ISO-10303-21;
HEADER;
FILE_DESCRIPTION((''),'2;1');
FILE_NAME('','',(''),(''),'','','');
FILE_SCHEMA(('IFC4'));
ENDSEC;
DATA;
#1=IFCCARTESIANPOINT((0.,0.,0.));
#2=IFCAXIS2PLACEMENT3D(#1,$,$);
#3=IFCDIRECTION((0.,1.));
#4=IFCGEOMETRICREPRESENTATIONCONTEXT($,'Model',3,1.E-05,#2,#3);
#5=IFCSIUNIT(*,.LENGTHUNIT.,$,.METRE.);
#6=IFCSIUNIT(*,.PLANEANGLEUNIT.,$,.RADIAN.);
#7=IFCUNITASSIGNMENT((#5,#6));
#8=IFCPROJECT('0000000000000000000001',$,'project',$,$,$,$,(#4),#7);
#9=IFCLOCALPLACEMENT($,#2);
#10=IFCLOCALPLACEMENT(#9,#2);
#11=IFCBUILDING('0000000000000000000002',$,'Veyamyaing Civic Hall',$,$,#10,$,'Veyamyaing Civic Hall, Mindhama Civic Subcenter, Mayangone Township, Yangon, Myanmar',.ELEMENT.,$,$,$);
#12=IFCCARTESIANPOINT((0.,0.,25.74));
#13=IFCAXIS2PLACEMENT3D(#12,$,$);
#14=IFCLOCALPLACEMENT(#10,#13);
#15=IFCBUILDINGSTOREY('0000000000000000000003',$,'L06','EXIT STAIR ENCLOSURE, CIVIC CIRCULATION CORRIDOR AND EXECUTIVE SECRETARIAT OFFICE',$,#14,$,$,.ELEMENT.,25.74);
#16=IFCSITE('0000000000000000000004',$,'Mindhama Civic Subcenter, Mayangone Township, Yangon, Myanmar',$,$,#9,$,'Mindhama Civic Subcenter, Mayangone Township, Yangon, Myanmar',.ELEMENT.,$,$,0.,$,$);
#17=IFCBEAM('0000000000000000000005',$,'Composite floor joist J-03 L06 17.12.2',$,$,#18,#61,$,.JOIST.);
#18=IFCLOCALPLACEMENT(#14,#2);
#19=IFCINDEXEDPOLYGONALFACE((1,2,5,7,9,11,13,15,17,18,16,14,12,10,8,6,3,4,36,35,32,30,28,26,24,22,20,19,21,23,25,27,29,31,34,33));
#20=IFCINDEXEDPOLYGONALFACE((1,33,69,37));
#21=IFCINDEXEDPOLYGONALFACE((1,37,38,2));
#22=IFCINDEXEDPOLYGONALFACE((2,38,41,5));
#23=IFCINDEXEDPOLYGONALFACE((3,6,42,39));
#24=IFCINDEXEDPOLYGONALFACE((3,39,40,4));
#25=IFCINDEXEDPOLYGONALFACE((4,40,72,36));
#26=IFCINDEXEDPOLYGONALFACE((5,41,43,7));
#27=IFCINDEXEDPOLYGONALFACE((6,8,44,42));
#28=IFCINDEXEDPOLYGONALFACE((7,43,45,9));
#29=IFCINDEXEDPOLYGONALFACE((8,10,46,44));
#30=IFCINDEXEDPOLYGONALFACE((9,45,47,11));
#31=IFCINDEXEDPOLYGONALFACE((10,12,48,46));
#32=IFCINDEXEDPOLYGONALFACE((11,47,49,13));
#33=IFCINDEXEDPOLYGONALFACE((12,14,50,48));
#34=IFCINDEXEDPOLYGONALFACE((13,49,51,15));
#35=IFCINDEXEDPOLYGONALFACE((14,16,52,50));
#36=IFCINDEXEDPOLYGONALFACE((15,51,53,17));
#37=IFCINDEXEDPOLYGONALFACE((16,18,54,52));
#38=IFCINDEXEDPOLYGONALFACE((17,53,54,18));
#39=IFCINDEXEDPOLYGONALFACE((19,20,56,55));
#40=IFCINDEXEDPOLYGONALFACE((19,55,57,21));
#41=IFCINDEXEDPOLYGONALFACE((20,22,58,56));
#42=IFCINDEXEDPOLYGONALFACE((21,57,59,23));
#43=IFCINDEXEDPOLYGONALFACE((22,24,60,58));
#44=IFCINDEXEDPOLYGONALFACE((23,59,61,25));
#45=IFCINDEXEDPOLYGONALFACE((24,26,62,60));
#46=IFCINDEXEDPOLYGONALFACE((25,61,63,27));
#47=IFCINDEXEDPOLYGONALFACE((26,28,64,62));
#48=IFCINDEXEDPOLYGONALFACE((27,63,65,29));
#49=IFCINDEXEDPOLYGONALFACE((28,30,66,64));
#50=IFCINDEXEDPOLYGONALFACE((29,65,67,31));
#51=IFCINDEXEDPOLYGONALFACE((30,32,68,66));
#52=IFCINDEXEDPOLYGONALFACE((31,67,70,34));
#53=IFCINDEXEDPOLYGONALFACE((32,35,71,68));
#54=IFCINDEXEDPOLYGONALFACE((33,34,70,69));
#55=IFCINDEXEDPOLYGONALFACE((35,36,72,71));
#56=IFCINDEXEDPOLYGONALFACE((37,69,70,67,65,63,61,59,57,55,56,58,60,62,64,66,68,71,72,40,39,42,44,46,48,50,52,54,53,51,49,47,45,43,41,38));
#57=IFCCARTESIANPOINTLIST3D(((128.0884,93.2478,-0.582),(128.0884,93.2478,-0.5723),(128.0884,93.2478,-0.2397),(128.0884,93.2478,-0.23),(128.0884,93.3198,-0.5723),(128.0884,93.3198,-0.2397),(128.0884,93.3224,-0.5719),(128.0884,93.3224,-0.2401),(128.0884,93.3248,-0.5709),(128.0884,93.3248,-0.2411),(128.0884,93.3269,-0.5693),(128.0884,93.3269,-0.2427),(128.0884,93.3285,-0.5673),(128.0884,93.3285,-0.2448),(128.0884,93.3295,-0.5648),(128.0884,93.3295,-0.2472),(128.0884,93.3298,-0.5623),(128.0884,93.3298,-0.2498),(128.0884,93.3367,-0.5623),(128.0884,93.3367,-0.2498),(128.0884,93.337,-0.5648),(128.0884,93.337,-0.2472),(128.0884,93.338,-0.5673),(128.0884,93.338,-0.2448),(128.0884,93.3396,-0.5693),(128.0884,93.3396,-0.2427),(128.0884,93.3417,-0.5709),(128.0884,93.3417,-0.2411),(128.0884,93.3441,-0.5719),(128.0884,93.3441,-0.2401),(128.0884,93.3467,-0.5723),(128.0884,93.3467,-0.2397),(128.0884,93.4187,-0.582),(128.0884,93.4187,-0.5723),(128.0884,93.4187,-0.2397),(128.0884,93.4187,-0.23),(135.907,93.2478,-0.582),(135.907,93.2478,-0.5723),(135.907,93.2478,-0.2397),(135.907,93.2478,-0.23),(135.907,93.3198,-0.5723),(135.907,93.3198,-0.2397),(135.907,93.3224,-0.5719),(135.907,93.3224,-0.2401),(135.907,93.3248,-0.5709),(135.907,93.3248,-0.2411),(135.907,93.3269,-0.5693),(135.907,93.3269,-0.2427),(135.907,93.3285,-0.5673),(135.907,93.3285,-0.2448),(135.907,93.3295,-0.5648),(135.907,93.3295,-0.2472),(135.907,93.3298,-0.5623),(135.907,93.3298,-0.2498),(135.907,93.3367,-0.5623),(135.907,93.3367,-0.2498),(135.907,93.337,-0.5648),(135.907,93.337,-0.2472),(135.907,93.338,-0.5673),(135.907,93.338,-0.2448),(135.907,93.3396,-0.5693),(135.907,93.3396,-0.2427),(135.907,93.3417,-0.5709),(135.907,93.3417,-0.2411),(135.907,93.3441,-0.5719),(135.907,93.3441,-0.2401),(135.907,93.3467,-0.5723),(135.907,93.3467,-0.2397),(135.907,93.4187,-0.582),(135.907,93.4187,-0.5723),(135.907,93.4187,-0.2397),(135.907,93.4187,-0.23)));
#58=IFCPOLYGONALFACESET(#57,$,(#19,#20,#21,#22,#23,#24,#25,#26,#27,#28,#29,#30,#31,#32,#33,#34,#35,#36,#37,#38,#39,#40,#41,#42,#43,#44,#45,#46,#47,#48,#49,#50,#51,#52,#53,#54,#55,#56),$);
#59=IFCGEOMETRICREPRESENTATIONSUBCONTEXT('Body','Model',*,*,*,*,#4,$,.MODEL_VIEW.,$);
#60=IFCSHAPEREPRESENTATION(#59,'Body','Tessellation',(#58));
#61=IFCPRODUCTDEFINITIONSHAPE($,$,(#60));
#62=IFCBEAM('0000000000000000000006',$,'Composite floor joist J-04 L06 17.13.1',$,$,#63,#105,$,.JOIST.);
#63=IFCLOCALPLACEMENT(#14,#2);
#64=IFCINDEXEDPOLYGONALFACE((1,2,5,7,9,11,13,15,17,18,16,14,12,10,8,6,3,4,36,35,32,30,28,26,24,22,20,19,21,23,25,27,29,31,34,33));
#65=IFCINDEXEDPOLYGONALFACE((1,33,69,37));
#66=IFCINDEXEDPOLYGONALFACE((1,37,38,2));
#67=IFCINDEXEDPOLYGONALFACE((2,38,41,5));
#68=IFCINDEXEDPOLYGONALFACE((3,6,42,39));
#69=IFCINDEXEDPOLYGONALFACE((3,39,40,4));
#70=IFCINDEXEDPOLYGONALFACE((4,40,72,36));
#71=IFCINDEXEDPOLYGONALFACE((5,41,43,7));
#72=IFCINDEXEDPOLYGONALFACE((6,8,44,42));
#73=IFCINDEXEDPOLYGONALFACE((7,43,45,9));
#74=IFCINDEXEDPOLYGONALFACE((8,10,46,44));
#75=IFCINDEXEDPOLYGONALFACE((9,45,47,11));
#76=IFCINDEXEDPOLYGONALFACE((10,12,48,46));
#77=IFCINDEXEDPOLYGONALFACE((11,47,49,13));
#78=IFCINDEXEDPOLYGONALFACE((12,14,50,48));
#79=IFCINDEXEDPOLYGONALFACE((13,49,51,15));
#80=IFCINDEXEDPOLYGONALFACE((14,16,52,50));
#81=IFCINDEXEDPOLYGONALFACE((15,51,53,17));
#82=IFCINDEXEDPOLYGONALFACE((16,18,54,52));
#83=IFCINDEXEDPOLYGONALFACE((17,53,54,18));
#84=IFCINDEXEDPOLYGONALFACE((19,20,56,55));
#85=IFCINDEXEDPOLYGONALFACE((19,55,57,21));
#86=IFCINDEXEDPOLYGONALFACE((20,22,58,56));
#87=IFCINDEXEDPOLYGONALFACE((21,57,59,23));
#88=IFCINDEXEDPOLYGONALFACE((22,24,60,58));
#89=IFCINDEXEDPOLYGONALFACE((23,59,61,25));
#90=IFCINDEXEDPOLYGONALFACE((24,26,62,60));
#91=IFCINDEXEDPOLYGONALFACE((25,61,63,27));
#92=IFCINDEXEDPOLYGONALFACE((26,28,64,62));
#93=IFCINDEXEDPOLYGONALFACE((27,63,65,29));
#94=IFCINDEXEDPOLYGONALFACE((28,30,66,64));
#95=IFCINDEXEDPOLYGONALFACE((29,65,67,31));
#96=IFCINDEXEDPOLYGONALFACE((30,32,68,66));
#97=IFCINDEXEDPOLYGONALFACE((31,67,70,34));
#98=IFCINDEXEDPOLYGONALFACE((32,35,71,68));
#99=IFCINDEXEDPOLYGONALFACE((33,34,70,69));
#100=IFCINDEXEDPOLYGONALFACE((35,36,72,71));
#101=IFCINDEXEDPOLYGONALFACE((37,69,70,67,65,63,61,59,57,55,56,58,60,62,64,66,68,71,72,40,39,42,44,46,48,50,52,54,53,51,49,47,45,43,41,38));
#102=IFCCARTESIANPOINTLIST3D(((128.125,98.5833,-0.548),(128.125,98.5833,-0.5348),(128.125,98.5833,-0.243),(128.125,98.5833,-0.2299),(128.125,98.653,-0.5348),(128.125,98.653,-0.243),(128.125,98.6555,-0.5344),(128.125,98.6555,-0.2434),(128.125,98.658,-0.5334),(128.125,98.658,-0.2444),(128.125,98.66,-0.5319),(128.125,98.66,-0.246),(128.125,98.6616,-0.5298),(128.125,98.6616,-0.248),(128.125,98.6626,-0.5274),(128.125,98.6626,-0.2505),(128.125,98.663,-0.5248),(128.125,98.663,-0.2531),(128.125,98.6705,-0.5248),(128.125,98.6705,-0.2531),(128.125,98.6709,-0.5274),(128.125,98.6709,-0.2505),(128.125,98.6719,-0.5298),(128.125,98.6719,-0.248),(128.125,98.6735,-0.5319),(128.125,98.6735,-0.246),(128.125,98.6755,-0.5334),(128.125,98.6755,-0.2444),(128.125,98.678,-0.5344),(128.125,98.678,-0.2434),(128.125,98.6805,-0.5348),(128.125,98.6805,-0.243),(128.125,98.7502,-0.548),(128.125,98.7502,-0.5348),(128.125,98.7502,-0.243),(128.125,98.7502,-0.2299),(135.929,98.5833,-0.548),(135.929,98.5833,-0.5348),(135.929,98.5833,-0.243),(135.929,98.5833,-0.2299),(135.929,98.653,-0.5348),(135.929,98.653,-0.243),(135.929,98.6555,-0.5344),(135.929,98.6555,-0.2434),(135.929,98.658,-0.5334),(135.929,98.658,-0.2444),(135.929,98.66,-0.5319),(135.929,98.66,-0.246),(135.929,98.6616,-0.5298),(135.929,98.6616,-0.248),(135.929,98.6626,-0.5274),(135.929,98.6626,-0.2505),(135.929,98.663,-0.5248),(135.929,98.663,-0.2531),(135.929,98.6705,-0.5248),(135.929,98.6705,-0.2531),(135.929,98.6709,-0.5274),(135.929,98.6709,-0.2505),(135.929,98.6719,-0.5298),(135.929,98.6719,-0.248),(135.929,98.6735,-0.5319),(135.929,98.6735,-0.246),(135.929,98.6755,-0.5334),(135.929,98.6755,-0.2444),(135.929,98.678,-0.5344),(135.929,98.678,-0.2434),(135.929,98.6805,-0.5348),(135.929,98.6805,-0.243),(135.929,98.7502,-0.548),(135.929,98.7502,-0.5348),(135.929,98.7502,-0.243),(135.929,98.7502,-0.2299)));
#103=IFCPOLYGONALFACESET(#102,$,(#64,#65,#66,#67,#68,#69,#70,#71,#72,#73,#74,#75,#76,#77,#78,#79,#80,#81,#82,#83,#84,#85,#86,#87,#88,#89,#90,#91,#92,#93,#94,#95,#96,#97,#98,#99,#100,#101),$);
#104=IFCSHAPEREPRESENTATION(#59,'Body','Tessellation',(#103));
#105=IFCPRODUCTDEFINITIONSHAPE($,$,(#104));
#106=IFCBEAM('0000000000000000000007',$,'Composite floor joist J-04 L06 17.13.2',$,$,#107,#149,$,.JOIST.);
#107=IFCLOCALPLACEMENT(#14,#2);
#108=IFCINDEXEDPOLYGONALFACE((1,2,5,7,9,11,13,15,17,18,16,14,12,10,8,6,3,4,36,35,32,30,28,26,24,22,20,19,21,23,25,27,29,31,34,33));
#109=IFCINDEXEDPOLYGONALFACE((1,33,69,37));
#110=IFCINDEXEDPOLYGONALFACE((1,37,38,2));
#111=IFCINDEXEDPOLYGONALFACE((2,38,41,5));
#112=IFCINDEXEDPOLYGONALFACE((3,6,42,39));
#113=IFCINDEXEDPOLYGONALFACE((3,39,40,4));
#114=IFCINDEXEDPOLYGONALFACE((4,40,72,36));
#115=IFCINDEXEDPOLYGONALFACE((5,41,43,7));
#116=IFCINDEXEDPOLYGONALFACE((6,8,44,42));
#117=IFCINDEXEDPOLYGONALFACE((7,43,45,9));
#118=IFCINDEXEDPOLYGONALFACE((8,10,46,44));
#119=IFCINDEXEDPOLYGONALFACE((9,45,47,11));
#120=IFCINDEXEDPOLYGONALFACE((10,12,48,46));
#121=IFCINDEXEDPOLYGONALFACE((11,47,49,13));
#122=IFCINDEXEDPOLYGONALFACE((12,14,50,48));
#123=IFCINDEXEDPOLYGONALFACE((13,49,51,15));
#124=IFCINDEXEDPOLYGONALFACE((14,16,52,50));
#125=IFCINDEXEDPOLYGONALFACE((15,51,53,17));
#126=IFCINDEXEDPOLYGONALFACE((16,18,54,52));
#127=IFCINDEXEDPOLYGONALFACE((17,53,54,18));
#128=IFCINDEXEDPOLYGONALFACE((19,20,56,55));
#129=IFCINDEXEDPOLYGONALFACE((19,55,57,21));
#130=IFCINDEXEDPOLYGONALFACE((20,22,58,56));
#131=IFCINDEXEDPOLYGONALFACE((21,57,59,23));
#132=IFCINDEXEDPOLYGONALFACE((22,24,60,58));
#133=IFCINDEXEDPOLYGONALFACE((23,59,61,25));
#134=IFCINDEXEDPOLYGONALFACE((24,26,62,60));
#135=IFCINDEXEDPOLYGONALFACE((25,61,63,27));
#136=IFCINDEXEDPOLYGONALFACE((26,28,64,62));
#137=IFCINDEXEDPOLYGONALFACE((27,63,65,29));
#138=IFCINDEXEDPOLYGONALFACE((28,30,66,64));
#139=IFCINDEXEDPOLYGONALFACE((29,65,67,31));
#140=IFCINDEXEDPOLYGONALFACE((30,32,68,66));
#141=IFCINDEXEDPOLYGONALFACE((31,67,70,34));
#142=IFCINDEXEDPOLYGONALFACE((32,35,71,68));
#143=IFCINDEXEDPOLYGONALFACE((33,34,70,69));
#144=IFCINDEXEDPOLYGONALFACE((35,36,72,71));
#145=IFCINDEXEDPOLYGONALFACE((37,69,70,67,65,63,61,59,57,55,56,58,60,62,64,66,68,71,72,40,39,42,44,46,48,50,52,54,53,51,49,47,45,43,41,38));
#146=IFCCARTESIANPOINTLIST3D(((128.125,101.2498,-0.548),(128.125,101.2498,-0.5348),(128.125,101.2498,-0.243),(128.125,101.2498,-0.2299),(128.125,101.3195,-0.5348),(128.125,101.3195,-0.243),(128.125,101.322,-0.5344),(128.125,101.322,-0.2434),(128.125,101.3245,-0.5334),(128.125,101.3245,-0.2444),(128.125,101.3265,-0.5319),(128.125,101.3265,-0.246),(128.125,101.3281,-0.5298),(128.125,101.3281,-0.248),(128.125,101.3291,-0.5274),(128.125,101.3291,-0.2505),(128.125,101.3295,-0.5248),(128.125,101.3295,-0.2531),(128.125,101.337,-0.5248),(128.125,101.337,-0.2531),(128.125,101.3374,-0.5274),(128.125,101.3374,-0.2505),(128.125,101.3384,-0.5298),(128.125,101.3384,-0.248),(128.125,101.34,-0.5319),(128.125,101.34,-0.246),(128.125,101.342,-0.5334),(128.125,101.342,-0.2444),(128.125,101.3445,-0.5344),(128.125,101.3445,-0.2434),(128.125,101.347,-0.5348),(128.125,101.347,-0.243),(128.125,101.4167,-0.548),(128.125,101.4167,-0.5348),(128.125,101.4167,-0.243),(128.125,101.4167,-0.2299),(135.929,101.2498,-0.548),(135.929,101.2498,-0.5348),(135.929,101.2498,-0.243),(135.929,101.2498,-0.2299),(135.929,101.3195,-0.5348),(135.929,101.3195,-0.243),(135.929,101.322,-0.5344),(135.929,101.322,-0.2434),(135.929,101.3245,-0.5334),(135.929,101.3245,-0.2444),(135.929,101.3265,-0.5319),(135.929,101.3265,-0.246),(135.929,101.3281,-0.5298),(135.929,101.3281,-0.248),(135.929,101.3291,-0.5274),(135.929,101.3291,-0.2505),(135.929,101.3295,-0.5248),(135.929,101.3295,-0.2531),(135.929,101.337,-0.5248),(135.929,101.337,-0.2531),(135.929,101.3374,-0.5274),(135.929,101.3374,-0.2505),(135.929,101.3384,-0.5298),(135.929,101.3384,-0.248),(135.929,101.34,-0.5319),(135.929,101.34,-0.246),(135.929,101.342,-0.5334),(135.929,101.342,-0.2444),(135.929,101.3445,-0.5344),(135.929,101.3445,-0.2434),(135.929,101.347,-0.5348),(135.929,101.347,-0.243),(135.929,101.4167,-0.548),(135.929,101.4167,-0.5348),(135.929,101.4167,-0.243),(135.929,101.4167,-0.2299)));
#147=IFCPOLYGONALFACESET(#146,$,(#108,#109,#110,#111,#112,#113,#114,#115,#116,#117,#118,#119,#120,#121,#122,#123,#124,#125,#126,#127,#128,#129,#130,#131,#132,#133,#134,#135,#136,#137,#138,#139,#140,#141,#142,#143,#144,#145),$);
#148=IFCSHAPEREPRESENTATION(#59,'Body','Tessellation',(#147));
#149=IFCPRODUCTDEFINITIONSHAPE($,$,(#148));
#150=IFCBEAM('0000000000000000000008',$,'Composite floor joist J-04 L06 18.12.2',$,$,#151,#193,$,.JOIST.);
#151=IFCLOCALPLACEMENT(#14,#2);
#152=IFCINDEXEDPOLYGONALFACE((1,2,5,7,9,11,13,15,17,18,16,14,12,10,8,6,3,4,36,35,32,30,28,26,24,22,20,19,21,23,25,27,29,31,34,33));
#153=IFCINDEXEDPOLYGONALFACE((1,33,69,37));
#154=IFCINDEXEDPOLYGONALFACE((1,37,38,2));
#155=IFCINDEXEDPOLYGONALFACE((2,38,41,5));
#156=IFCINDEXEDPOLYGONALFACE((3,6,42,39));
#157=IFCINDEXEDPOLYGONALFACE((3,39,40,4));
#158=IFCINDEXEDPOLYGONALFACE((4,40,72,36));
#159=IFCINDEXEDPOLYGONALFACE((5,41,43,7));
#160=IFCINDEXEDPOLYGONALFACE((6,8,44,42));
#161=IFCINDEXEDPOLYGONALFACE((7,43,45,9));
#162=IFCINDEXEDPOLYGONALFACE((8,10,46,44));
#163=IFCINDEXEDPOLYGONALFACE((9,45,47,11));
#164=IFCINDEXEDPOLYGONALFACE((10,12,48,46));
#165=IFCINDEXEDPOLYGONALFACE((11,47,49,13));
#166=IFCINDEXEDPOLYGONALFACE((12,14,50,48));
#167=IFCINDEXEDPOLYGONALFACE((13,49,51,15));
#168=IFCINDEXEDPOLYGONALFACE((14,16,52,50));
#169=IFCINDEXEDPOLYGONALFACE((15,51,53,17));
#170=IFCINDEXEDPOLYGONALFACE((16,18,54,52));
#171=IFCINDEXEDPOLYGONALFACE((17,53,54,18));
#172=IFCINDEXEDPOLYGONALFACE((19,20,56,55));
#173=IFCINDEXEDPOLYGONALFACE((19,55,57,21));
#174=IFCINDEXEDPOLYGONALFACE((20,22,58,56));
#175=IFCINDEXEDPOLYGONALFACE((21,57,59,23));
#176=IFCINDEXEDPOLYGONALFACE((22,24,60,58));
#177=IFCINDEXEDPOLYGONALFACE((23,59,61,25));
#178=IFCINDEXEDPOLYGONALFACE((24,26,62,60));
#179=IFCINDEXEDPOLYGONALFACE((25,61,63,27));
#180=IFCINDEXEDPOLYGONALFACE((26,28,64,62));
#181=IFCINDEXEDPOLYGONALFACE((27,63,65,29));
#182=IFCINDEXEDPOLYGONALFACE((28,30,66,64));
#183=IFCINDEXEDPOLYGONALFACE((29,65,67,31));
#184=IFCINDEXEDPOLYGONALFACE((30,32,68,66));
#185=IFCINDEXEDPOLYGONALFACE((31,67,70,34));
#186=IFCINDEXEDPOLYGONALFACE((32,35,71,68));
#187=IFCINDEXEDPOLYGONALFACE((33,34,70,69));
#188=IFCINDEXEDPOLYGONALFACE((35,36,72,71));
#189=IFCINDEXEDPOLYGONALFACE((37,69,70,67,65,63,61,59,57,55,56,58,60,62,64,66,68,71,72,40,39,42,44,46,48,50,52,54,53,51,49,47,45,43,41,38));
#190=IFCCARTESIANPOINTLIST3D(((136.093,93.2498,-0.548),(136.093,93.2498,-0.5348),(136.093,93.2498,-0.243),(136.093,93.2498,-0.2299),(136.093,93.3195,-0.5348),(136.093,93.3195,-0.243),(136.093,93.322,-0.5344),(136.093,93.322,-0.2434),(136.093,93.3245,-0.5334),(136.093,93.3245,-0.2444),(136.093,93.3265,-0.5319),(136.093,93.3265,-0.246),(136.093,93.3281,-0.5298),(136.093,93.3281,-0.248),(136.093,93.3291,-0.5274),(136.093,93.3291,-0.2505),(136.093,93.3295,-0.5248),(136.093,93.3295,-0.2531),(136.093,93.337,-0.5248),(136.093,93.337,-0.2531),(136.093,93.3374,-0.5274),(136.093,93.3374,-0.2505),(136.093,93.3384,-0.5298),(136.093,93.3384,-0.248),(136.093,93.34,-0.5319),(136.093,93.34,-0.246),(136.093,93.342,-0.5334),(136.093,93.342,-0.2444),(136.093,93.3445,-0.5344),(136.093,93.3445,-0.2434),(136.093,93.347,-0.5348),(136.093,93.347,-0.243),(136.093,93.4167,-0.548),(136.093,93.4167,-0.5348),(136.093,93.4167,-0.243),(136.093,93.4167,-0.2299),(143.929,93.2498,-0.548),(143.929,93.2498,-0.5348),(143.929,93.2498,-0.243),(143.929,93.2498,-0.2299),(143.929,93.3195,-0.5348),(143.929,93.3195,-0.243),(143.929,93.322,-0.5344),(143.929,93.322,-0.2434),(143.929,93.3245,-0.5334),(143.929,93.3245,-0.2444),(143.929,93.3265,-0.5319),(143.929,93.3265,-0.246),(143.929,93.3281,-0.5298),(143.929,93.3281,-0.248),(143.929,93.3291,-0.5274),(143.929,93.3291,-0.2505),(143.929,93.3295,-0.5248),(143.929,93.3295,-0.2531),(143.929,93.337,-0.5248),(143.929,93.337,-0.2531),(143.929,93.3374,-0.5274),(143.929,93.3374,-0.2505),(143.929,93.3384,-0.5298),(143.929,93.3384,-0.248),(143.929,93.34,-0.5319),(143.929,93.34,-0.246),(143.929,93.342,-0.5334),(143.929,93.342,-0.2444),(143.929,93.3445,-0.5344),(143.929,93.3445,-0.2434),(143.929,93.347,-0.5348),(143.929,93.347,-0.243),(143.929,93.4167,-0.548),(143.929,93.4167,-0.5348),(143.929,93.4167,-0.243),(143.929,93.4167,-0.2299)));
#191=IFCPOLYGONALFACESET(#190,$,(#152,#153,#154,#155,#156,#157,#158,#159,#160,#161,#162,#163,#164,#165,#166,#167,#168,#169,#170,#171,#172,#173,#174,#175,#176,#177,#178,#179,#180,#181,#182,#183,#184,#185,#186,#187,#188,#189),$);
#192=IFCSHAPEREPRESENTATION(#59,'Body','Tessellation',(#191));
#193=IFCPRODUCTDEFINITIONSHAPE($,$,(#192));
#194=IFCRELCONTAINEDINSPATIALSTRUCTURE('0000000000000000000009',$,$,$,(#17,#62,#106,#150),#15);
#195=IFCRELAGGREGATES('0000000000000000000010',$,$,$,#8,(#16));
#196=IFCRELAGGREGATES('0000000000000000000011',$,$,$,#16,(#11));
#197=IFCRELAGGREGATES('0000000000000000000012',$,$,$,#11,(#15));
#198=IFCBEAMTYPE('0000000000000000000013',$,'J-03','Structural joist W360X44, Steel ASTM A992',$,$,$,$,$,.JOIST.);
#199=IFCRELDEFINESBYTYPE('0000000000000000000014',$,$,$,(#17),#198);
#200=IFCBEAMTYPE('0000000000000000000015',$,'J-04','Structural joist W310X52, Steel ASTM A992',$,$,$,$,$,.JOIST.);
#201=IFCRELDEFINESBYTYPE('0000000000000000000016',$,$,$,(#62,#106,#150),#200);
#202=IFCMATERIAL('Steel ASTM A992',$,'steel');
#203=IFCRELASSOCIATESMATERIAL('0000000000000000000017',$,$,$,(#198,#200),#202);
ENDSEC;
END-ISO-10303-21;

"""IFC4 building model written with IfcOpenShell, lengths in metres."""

from ifc_helpers import new_model, si_unit, direction, frame, origin, origin_2d, place, context, subcontext, project, spatial, i_section, extrude, material, material_profile, profile_set, type_object, element, save


model = new_model("IFC4")

# Units and contexts
model_context = context("Model", 3, precision=1e-05, world=origin(), true_north=direction((0.0, 1.0)))
body_context = subcontext(model_context, "Body", "Model", "MODEL_VIEW")
ifc_project = project(units=[si_unit("LENGTHUNIT", "METRE"), si_unit("PLANEANGLEUNIT", "RADIAN")], contexts=[model_context])

# Site, building, storey
site_placement = place(None, origin())
site = spatial("IfcSite", under=ifc_project, at=site_placement, Name="Mindhama Civic Subcenter, Mayangone Township, Yangon, Myanmar", LongName="Mindhama Civic Subcenter, Mayangone Township, Yangon, Myanmar", CompositionType="ELEMENT", RefElevation=0.0)
building_placement = place(site_placement, origin())
building = spatial("IfcBuilding", under=site, at=building_placement, Name="Veyamyaing Civic Hall", LongName="Veyamyaing Civic Hall, Mindhama Civic Subcenter, Mayangone Township, Yangon, Myanmar", CompositionType="ELEMENT")
storey_placement = place(building_placement, frame((0.0, 0.0, 25.74)))
storey = spatial("IfcBuildingStorey", under=building, at=storey_placement, Name="L06", Description="EXIT STAIR ENCLOSURE, CIVIC CIRCULATION CORRIDOR AND EXECUTIVE SECRETARIAT OFFICE", CompositionType="ELEMENT", Elevation=25.74)

# Beams
ifc_material_1 = material(Name="Steel ASTM A992", Category="steel")
ifc_material_profile_1 = material_profile(ifc_material_1, i_section(OverallWidth=0.1709, OverallDepth=0.3521, WebThickness=0.0068, FlangeThickness=0.0098, FilletRadius=0.01, at=origin_2d()), Name="W360X44")
ifc_profile_set_1 = profile_set([ifc_material_profile_1], Name="Steel ASTM A992")
beam_type_1 = type_object("IfcBeamType", Name="J-03", Description="Structural joist W360X44, Steel ASTM A992", PredefinedType="JOIST", material=ifc_profile_set_1)
beam_1_placement = place(storey_placement, frame((128.0884, 93.3333, -0.406), z_axis=(1.0, 0.0, 0.0), x_axis=(0.0, 1.0, 0.0)))
element("IfcBeam", 1, at=beam_1_placement, inside=storey, type_object=beam_type_1, Name="Composite floor joist J-03 L06 17.12.2", PredefinedType="JOIST", context=body_context, shape_type="SweptSolid", body=[
    extrude(i_section(OverallWidth=0.1709, OverallDepth=0.3521, WebThickness=0.0068, FlangeThickness=0.0098, FilletRadius=0.01, at=origin_2d()), origin(), (0.0, 0.0, 1.0), 7.8186),
])
ifc_material_profile_2 = material_profile(ifc_material_1, i_section(OverallWidth=0.167, OverallDepth=0.3181, WebThickness=0.0076, FlangeThickness=0.0132, FilletRadius=0.01, at=origin_2d()), Name="W310X52")
ifc_profile_set_2 = profile_set([ifc_material_profile_2], Name="Steel ASTM A992")
beam_type_2 = type_object("IfcBeamType", Name="J-04", Description="Structural joist W310X52, Steel ASTM A992", PredefinedType="JOIST", material=ifc_profile_set_2)
for number, where, z_axis, x_axis, name in (
    (2, (128.125, 98.6667, -0.3889), (1.0, 0.0, 0.0), (0.0, 1.0, 0.0), "Composite floor joist J-04 L06 17.13.1"),
    (3, (128.125, 101.3333, -0.3889), (1.0, 0.0, 0.0), (0.0, 1.0, 0.0), "Composite floor joist J-04 L06 17.13.2"),
):
    element("IfcBeam", number, at=place(storey_placement, frame(where, z_axis=z_axis, x_axis=x_axis)), inside=storey, type_object=beam_type_2, Name=name, PredefinedType="JOIST", context=body_context, shape_type="SweptSolid", body=[
        extrude(i_section(OverallWidth=0.167, OverallDepth=0.3181, WebThickness=0.0076, FlangeThickness=0.0132, FilletRadius=0.01, at=origin_2d()), origin(), (0.0, 0.0, 1.0), 7.804),
    ])
beam_2_placement = place(storey_placement, frame((136.093, 93.3333, -0.3889), z_axis=(1.0, 0.0, 0.0), x_axis=(0.0, 1.0, 0.0)))
element("IfcBeam", 4, at=beam_2_placement, inside=storey, type_object=beam_type_2, Name="Composite floor joist J-04 L06 18.12.2", PredefinedType="JOIST", context=body_context, shape_type="SweptSolid", body=[
    extrude(i_section(OverallWidth=0.167, OverallDepth=0.3181, WebThickness=0.0076, FlangeThickness=0.0132, FilletRadius=0.01, at=origin_2d()), origin(), (0.0, 0.0, 1.0), 7.8359),
])

save(model, "model.ifc")
